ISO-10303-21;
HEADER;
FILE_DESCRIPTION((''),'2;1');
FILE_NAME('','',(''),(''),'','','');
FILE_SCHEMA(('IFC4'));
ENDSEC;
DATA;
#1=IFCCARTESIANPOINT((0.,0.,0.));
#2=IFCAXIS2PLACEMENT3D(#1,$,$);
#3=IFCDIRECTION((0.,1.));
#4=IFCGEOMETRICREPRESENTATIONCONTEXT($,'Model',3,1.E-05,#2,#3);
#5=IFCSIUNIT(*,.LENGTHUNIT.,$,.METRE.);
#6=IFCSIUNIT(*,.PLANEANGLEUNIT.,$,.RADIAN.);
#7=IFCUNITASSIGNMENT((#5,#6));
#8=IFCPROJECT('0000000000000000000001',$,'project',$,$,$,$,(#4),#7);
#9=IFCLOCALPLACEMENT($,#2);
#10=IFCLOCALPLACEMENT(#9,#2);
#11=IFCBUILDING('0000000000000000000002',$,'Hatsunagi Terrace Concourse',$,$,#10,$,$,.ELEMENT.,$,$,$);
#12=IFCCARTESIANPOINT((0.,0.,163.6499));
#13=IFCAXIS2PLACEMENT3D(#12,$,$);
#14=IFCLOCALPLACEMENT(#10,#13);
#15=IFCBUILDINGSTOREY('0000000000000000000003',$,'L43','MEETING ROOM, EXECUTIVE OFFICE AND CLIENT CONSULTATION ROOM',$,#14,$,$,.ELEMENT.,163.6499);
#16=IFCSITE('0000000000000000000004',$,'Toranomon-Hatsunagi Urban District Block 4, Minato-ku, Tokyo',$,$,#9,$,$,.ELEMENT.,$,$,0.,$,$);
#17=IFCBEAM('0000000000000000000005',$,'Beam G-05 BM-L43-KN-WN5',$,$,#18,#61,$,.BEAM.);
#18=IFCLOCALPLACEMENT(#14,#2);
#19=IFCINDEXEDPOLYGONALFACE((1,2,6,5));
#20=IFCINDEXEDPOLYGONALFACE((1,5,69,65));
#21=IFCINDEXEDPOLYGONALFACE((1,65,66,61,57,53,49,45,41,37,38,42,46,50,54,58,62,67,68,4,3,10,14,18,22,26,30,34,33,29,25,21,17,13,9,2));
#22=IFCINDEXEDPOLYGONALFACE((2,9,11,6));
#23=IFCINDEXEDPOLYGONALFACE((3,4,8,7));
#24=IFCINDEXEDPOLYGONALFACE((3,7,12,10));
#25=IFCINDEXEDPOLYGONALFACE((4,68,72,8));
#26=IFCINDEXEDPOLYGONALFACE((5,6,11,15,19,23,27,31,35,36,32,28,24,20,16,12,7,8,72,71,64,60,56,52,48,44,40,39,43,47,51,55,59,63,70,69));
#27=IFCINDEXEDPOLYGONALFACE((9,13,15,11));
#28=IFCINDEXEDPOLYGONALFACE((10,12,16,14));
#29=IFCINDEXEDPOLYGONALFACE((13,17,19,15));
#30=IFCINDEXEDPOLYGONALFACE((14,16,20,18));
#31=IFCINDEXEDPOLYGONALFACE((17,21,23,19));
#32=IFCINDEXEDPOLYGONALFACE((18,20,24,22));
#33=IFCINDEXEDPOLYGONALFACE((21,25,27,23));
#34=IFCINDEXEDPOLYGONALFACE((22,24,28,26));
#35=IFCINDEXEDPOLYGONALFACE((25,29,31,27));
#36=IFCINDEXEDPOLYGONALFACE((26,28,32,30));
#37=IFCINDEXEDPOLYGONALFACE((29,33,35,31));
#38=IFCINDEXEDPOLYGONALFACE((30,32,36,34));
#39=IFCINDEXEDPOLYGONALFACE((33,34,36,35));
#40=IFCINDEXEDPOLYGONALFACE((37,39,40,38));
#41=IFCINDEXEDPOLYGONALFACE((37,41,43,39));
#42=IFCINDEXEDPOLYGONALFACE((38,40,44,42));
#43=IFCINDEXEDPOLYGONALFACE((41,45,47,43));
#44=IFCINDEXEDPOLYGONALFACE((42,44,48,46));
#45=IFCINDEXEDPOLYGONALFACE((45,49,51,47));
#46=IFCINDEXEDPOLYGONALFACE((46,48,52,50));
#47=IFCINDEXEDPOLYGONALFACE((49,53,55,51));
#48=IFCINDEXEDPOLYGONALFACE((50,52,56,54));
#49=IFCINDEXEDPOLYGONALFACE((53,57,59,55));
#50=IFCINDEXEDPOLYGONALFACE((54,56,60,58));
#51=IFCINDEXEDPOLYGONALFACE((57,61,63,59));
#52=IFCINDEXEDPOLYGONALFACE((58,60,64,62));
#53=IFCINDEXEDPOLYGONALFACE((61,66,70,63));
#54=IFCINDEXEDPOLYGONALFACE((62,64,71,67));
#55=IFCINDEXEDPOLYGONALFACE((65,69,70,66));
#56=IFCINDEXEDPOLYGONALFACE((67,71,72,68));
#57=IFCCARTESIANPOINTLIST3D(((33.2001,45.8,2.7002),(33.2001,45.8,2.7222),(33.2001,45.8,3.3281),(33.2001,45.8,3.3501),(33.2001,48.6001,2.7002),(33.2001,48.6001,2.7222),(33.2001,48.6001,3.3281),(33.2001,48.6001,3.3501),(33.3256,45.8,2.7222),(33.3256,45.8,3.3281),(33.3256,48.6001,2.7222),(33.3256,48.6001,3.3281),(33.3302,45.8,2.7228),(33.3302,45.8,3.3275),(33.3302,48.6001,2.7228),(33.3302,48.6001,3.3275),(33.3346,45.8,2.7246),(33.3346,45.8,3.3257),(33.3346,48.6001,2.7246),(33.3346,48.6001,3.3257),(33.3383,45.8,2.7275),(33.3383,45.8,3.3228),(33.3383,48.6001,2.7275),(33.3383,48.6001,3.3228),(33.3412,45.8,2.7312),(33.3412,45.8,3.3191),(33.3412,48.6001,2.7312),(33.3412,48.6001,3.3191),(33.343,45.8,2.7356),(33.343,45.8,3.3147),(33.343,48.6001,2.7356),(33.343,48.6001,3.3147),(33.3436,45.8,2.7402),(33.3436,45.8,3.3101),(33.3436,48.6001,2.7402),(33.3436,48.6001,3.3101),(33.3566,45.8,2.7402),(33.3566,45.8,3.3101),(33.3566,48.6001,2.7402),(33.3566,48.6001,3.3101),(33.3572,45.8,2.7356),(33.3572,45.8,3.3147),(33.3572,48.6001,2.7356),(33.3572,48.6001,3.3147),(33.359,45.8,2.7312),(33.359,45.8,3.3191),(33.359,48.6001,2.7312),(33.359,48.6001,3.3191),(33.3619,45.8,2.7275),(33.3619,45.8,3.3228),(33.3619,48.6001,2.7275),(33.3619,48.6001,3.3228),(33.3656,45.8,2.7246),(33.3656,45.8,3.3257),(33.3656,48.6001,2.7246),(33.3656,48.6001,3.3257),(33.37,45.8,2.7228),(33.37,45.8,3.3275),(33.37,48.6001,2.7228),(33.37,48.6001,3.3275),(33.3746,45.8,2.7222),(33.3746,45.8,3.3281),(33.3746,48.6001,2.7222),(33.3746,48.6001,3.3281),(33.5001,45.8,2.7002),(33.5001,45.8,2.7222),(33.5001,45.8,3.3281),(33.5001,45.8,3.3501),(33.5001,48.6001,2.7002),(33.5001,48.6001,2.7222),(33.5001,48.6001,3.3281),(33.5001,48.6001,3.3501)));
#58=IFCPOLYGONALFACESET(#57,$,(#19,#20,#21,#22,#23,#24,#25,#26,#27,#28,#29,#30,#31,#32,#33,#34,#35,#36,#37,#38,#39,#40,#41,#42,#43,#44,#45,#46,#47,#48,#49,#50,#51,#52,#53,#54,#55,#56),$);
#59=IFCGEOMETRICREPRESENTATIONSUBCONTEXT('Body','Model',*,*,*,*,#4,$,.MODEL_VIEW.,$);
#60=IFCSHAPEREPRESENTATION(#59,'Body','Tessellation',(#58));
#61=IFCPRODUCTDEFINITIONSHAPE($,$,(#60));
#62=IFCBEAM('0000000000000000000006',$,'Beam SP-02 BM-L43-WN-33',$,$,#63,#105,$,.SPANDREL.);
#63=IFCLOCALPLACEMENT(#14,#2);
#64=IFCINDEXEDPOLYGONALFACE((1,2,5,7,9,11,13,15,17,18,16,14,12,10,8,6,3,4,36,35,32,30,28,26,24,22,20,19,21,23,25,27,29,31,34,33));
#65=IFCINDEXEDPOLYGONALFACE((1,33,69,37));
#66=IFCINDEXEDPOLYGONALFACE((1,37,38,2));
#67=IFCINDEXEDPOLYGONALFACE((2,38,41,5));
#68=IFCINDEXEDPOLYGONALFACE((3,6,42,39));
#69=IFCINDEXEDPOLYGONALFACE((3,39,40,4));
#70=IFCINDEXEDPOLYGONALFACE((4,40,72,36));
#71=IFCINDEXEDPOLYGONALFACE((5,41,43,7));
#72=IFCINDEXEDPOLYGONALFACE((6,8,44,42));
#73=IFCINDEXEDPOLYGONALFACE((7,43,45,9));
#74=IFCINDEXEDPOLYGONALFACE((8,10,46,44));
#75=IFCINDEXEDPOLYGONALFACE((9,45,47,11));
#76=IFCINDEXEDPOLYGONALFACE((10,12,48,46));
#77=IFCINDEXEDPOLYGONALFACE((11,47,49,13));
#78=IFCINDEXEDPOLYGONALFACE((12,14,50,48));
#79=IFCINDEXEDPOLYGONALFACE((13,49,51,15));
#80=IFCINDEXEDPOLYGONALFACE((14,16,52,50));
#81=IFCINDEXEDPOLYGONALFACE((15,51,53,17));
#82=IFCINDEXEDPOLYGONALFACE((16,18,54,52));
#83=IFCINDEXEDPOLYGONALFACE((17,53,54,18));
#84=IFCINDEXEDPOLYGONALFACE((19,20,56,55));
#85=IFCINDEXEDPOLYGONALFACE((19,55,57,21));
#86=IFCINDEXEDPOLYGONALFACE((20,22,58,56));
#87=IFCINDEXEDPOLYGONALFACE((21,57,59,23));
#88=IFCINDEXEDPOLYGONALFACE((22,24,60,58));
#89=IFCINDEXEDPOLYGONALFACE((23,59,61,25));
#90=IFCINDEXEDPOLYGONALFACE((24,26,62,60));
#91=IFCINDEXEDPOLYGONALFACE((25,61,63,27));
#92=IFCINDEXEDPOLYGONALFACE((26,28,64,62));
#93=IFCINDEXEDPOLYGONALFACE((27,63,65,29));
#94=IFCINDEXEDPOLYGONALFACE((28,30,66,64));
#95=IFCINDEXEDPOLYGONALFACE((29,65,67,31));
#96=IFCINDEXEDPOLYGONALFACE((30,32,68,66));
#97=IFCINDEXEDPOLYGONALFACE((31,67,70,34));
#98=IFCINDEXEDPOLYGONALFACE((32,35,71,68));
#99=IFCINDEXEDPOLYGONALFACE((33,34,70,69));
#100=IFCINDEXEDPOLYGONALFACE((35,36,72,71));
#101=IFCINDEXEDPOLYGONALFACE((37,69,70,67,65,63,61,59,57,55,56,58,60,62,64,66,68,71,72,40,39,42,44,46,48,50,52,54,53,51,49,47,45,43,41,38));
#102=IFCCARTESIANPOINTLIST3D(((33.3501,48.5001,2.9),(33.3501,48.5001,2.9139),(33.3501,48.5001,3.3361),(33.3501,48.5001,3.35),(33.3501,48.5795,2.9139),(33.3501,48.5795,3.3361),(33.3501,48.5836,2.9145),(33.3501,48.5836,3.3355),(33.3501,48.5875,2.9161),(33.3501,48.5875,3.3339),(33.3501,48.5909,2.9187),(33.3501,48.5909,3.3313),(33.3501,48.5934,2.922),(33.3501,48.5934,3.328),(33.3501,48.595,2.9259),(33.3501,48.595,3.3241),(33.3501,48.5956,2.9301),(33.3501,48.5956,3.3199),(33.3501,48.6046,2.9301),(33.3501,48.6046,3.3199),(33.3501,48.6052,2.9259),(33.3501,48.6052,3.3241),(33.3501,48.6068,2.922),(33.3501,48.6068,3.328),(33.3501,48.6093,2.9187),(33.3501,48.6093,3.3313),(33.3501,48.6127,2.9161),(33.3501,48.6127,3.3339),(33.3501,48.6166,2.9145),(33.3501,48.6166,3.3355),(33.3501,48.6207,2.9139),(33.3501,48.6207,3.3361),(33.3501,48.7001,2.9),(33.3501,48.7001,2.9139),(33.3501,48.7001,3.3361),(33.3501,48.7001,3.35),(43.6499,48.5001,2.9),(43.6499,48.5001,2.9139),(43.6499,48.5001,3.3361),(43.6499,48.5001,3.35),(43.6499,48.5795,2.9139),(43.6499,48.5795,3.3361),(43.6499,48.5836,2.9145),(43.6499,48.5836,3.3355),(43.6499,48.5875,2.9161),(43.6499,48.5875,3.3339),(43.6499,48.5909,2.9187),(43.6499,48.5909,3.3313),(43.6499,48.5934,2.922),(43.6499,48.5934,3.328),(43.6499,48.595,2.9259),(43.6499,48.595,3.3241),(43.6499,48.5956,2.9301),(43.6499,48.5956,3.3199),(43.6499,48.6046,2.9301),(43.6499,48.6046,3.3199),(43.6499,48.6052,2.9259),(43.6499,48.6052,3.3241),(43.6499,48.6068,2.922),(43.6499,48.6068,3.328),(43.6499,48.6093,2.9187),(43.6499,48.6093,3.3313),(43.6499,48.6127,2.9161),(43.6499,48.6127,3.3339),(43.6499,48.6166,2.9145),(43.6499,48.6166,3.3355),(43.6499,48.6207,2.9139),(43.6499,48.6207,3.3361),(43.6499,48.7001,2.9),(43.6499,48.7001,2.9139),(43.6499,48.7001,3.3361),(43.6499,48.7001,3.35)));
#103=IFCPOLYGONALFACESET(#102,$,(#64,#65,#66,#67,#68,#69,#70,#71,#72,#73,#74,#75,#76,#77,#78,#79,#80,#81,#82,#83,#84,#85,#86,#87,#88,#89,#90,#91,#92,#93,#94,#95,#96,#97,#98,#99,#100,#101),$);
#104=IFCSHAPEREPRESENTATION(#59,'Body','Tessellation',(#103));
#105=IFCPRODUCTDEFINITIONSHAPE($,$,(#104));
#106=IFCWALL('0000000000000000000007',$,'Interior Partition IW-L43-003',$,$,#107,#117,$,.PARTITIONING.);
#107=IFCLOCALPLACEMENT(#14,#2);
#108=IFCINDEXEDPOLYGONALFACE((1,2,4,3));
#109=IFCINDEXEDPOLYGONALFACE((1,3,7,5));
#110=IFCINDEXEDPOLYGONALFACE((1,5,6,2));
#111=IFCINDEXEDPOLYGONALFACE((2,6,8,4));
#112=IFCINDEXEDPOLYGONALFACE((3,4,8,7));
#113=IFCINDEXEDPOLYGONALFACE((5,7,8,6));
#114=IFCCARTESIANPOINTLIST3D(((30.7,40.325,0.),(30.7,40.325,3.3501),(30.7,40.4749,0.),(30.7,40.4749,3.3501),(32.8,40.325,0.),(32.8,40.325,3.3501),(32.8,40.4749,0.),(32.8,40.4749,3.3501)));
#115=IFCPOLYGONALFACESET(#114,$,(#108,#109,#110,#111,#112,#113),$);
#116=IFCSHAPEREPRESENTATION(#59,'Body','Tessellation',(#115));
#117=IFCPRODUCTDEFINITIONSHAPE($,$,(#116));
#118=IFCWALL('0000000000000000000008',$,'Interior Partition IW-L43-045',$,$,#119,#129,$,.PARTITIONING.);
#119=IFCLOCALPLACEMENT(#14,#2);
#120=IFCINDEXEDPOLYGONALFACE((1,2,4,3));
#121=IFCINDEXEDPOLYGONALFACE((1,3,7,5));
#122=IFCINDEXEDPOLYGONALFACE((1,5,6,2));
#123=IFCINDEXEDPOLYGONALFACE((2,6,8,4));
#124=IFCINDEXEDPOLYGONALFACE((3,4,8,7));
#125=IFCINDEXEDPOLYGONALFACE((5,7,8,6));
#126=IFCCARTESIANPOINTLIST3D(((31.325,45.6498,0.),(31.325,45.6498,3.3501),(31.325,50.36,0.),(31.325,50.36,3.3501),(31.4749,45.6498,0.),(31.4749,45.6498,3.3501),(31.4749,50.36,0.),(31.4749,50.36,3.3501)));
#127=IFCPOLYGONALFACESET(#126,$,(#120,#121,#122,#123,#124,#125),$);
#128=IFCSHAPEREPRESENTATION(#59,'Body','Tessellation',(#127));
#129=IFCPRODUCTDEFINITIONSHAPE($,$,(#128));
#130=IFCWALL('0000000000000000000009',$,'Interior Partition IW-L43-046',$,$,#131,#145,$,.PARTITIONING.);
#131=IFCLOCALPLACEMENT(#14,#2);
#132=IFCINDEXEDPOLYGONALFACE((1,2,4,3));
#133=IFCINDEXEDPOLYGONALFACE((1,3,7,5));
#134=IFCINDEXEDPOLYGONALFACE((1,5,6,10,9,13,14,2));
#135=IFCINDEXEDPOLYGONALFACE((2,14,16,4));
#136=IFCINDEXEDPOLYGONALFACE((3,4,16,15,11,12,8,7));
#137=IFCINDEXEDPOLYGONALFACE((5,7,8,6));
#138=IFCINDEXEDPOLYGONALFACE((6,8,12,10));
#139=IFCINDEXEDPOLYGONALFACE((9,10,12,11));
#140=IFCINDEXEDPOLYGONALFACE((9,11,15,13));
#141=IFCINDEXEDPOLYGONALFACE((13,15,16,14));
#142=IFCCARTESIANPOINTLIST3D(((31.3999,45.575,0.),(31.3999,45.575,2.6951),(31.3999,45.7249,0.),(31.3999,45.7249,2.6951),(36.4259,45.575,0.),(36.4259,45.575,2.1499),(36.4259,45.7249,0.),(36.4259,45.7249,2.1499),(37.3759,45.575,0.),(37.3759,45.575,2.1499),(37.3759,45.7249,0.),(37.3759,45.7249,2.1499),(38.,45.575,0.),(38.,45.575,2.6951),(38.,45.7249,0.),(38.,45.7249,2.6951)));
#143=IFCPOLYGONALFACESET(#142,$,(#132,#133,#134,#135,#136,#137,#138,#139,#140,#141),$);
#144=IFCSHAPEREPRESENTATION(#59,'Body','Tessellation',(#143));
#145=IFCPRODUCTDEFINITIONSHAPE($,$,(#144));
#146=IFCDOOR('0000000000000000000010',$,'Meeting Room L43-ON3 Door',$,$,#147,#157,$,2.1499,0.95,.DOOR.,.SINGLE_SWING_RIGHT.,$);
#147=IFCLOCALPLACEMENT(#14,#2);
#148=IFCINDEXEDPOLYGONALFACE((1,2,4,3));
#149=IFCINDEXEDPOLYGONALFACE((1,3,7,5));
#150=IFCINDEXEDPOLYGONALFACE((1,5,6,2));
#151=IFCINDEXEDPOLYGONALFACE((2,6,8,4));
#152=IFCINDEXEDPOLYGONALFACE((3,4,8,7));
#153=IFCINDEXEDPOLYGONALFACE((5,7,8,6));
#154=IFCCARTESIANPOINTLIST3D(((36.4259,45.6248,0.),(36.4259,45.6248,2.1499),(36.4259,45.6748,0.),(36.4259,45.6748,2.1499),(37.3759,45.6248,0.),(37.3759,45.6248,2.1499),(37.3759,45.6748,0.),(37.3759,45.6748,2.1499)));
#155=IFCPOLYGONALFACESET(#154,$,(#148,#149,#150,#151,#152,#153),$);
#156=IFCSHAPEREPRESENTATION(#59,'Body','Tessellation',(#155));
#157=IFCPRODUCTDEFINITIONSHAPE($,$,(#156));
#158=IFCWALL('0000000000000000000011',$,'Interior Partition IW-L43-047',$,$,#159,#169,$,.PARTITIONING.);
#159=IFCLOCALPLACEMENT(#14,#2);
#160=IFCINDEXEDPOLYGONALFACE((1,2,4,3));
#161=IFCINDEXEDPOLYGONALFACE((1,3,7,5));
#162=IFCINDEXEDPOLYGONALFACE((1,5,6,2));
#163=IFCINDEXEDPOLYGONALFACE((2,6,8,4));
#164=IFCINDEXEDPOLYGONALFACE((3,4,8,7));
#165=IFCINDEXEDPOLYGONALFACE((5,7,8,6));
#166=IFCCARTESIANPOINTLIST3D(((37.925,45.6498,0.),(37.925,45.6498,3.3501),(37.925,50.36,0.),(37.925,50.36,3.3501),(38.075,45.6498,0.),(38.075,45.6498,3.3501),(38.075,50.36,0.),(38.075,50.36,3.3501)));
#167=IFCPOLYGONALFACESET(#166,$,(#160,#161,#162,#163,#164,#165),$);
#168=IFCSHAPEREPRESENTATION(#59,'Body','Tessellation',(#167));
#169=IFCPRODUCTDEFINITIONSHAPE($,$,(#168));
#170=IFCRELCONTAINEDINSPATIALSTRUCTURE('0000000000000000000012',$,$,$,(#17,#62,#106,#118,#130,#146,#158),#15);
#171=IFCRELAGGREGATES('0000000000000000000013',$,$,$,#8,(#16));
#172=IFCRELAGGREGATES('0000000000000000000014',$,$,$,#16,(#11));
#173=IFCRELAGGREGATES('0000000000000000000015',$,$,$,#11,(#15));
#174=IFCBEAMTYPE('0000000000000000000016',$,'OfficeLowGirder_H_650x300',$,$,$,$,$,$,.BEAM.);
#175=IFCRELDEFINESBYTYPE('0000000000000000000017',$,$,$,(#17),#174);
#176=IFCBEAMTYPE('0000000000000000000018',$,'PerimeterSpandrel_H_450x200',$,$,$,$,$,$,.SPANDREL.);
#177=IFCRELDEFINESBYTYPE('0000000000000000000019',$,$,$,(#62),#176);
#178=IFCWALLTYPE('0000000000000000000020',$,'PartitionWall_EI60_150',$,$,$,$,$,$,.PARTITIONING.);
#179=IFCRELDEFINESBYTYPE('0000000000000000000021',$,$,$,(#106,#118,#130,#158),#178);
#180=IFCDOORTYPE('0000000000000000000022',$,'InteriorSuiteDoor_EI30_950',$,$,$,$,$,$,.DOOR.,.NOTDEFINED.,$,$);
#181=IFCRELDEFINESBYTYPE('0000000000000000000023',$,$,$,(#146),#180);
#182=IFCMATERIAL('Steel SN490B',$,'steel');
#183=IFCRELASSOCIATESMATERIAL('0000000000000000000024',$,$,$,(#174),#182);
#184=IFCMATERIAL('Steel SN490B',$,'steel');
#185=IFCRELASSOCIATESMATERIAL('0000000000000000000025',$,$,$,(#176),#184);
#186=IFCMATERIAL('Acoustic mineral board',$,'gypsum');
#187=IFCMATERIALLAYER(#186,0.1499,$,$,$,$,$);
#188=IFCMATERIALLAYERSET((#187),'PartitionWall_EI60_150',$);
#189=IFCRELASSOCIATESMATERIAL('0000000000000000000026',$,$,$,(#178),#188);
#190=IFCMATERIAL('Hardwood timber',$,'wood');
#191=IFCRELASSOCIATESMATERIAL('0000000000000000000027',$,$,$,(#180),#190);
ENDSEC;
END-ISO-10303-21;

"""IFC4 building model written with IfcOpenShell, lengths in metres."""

from ifc_helpers import new_model, si_unit, direction, frame, frame_2d, origin, origin_2d, place, context, subcontext, project, spatial, rectangle, i_section, extrude, material, layer, layer_set, material_profile, profile_set, type_object, element, fill, save


model = new_model("IFC4")

# Units and contexts
model_context = context("Model", 3, precision=1e-05, world=origin(), true_north=direction((0.0, 1.0)))
body_context = subcontext(model_context, "Body", "Model", "MODEL_VIEW")
ifc_project = project(units=[si_unit("LENGTHUNIT", "METRE"), si_unit("PLANEANGLEUNIT", "RADIAN")], contexts=[model_context])

# Site, building, storey
site_placement = place(None, origin())
site = spatial("IfcSite", under=ifc_project, at=site_placement, Name="Toranomon-Hatsunagi Urban District Block 4, Minato-ku, Tokyo", CompositionType="ELEMENT", RefElevation=0.0)
building_placement = place(site_placement, origin())
building = spatial("IfcBuilding", under=site, at=building_placement, Name="Hatsunagi Terrace Concourse", CompositionType="ELEMENT")
storey_placement = place(building_placement, frame((0.0, 0.0, 163.6499)))
storey = spatial("IfcBuildingStorey", under=building, at=storey_placement, Name="L43", Description="MEETING ROOM, EXECUTIVE OFFICE AND CLIENT CONSULTATION ROOM", CompositionType="ELEMENT", Elevation=163.6499)

# Beams
ifc_material_1 = material(Name="Steel SN490B", Category="steel")
ifc_material_profile_1 = material_profile(ifc_material_1, i_section(OverallWidth=0.3, OverallDepth=0.6499, WebThickness=0.0129, FlangeThickness=0.022, FilletRadius=0.0181, at=origin_2d()), Name="H-650x300x13x22")
ifc_profile_set_1 = profile_set([ifc_material_profile_1], Name="Steel SN490B")
beam_type_1 = type_object("IfcBeamType", Name="OfficeLowGirder_H_650x300", PredefinedType="BEAM", material=ifc_profile_set_1)
beam_1_placement = place(storey_placement, frame((33.3501, 45.8, 3.0251), z_axis=(0.0, 1.0, 0.0), x_axis=(-1.0, 0.0, 0.0)))
element("IfcBeam", 1, at=beam_1_placement, inside=storey, type_object=beam_type_1, Name="Beam G-05 BM-L43-KN-WN5", PredefinedType="BEAM", context=body_context, shape_type="SweptSolid", body=[
    extrude(i_section(OverallWidth=0.3, OverallDepth=0.6499, WebThickness=0.0129, FlangeThickness=0.022, FilletRadius=0.0181, at=origin_2d()), origin(), (0.0, 0.0, 1.0), 2.8),
])
ifc_material_2 = material(Name="Steel SN490B", Category="steel")
ifc_material_profile_2 = material_profile(ifc_material_2, i_section(OverallWidth=0.2, OverallDepth=0.45, WebThickness=0.009, FlangeThickness=0.0139, FilletRadius=0.0161, at=origin_2d()), Name="H-450x200x9x14")
ifc_profile_set_2 = profile_set([ifc_material_profile_2], Name="Steel SN490B")
beam_type_2 = type_object("IfcBeamType", Name="PerimeterSpandrel_H_450x200", PredefinedType="SPANDREL", material=ifc_profile_set_2)
beam_2_placement = place(storey_placement, frame((33.3501, 48.6001, 3.125), z_axis=(1.0, 0.0, 0.0), x_axis=(0.0, 1.0, 0.0)))
element("IfcBeam", 2, at=beam_2_placement, inside=storey, type_object=beam_type_2, Name="Beam SP-02 BM-L43-WN-33", PredefinedType="SPANDREL", context=body_context, shape_type="SweptSolid", body=[
    extrude(i_section(OverallWidth=0.2, OverallDepth=0.45, WebThickness=0.009, FlangeThickness=0.0139, FilletRadius=0.0161, at=origin_2d()), origin(), (0.0, 0.0, 1.0), 10.2998),
])

# Walls
ifc_material_3 = material(Name="Acoustic mineral board", Category="gypsum")
ifc_layer_1 = layer(ifc_material_3, 0.1499)
ifc_layer_set_1 = layer_set([ifc_layer_1], Name="PartitionWall_EI60_150")
wall_type_1 = type_object("IfcWallType", Name="PartitionWall_EI60_150", PredefinedType="PARTITIONING", material=ifc_layer_set_1)
wall_1_placement = place(storey_placement, frame((30.7, 40.3999, 0.0), z_axis=(0.0, 0.0, 1.0), x_axis=(1.0, 0.0, 0.0)))
element("IfcWall", 3, at=wall_1_placement, inside=storey, type_object=wall_type_1, Name="Interior Partition IW-L43-003", PredefinedType="PARTITIONING", context=body_context, shape_type="SweptSolid", body=[
    extrude(rectangle(XDim=2.1001, YDim=0.1499, at=frame_2d((1.05, 0.0))), origin(), (0.0, 0.0, 1.0), 3.3501),
])
wall_2_placement = place(storey_placement, frame((31.3999, 45.6499, 0.0), z_axis=(0.0, 0.0, 1.0), x_axis=(0.0, 1.0, 0.0)))
element("IfcWall", 4, at=wall_2_placement, inside=storey, type_object=wall_type_1, Name="Interior Partition IW-L43-045", PredefinedType="PARTITIONING", context=body_context, shape_type="SweptSolid", body=[
    extrude(rectangle(XDim=4.7102, YDim=0.1499, at=frame_2d((2.355, 0.0))), origin(), (0.0, 0.0, 1.0), 3.3501),
])

# Wall, opening, door
wall_3_placement = place(storey_placement, frame((31.3999, 45.6499, 0.0), z_axis=(0.0, 0.0, 1.0), x_axis=(1.0, 0.0, 0.0)))
wall_3 = element("IfcWall", 5, at=wall_3_placement, inside=storey, type_object=wall_type_1, Name="Interior Partition IW-L43-046", PredefinedType="PARTITIONING", context=body_context, shape_type="SweptSolid", body=[
    extrude(rectangle(XDim=6.6001, YDim=0.1499, at=frame_2d((3.3, 0.0))), origin(), (0.0, 0.0, 1.0), 2.6951),
])
opening_1_placement = place(wall_3_placement, frame((5.0259, 0.0, 0.0)))
opening_1 = element("IfcOpeningElement", 6, at=opening_1_placement, cuts=wall_3, PredefinedType="OPENING", context=body_context, shape_type="SweptSolid", body=[
    extrude(rectangle(XDim=0.95, YDim=2.1499, at=frame_2d((0.4751, 1.075))), frame((0.0, 0.085, 0.0), z_axis=(0.0, -1.0, 0.0), x_axis=(1.0, 0.0, 0.0)), (0.0, 0.0, 1.0), 0.1699),
])
ifc_material_4 = material(Name="Hardwood timber", Category="wood")
door_type_1 = type_object("IfcDoorType", Name="InteriorSuiteDoor_EI30_950", OperationType="NOTDEFINED", PredefinedType="DOOR", material=ifc_material_4)
door_1_placement = place(opening_1_placement, origin())
door_1 = element("IfcDoor", 7, at=door_1_placement, inside=storey, type_object=door_type_1, Name="Meeting Room L43-ON3 Door", OperationType="SINGLE_SWING_RIGHT", OverallHeight=2.1499, OverallWidth=0.95, PredefinedType="DOOR", context=body_context, shape_type="SweptSolid", body=[
    extrude(rectangle(XDim=0.95, YDim=2.1499, at=frame_2d((0.4751, 1.075))), frame((0.0, 0.0249, 0.0), z_axis=(0.0, -1.0, 0.0), x_axis=(1.0, 0.0, 0.0)), (0.0, 0.0, 1.0), 0.05),
])
fill(opening_1, door_1)

# Wall
wall_4_placement = place(storey_placement, frame((38.0, 45.6499, 0.0), z_axis=(0.0, 0.0, 1.0), x_axis=(0.0, 1.0, 0.0)))
element("IfcWall", 8, at=wall_4_placement, inside=storey, type_object=wall_type_1, Name="Interior Partition IW-L43-047", PredefinedType="PARTITIONING", context=body_context, shape_type="SweptSolid", body=[
    extrude(rectangle(XDim=4.7102, YDim=0.1499, at=frame_2d((2.355, 0.0))), origin(), (0.0, 0.0, 1.0), 3.3501),
])

save(model, "model.ifc")
